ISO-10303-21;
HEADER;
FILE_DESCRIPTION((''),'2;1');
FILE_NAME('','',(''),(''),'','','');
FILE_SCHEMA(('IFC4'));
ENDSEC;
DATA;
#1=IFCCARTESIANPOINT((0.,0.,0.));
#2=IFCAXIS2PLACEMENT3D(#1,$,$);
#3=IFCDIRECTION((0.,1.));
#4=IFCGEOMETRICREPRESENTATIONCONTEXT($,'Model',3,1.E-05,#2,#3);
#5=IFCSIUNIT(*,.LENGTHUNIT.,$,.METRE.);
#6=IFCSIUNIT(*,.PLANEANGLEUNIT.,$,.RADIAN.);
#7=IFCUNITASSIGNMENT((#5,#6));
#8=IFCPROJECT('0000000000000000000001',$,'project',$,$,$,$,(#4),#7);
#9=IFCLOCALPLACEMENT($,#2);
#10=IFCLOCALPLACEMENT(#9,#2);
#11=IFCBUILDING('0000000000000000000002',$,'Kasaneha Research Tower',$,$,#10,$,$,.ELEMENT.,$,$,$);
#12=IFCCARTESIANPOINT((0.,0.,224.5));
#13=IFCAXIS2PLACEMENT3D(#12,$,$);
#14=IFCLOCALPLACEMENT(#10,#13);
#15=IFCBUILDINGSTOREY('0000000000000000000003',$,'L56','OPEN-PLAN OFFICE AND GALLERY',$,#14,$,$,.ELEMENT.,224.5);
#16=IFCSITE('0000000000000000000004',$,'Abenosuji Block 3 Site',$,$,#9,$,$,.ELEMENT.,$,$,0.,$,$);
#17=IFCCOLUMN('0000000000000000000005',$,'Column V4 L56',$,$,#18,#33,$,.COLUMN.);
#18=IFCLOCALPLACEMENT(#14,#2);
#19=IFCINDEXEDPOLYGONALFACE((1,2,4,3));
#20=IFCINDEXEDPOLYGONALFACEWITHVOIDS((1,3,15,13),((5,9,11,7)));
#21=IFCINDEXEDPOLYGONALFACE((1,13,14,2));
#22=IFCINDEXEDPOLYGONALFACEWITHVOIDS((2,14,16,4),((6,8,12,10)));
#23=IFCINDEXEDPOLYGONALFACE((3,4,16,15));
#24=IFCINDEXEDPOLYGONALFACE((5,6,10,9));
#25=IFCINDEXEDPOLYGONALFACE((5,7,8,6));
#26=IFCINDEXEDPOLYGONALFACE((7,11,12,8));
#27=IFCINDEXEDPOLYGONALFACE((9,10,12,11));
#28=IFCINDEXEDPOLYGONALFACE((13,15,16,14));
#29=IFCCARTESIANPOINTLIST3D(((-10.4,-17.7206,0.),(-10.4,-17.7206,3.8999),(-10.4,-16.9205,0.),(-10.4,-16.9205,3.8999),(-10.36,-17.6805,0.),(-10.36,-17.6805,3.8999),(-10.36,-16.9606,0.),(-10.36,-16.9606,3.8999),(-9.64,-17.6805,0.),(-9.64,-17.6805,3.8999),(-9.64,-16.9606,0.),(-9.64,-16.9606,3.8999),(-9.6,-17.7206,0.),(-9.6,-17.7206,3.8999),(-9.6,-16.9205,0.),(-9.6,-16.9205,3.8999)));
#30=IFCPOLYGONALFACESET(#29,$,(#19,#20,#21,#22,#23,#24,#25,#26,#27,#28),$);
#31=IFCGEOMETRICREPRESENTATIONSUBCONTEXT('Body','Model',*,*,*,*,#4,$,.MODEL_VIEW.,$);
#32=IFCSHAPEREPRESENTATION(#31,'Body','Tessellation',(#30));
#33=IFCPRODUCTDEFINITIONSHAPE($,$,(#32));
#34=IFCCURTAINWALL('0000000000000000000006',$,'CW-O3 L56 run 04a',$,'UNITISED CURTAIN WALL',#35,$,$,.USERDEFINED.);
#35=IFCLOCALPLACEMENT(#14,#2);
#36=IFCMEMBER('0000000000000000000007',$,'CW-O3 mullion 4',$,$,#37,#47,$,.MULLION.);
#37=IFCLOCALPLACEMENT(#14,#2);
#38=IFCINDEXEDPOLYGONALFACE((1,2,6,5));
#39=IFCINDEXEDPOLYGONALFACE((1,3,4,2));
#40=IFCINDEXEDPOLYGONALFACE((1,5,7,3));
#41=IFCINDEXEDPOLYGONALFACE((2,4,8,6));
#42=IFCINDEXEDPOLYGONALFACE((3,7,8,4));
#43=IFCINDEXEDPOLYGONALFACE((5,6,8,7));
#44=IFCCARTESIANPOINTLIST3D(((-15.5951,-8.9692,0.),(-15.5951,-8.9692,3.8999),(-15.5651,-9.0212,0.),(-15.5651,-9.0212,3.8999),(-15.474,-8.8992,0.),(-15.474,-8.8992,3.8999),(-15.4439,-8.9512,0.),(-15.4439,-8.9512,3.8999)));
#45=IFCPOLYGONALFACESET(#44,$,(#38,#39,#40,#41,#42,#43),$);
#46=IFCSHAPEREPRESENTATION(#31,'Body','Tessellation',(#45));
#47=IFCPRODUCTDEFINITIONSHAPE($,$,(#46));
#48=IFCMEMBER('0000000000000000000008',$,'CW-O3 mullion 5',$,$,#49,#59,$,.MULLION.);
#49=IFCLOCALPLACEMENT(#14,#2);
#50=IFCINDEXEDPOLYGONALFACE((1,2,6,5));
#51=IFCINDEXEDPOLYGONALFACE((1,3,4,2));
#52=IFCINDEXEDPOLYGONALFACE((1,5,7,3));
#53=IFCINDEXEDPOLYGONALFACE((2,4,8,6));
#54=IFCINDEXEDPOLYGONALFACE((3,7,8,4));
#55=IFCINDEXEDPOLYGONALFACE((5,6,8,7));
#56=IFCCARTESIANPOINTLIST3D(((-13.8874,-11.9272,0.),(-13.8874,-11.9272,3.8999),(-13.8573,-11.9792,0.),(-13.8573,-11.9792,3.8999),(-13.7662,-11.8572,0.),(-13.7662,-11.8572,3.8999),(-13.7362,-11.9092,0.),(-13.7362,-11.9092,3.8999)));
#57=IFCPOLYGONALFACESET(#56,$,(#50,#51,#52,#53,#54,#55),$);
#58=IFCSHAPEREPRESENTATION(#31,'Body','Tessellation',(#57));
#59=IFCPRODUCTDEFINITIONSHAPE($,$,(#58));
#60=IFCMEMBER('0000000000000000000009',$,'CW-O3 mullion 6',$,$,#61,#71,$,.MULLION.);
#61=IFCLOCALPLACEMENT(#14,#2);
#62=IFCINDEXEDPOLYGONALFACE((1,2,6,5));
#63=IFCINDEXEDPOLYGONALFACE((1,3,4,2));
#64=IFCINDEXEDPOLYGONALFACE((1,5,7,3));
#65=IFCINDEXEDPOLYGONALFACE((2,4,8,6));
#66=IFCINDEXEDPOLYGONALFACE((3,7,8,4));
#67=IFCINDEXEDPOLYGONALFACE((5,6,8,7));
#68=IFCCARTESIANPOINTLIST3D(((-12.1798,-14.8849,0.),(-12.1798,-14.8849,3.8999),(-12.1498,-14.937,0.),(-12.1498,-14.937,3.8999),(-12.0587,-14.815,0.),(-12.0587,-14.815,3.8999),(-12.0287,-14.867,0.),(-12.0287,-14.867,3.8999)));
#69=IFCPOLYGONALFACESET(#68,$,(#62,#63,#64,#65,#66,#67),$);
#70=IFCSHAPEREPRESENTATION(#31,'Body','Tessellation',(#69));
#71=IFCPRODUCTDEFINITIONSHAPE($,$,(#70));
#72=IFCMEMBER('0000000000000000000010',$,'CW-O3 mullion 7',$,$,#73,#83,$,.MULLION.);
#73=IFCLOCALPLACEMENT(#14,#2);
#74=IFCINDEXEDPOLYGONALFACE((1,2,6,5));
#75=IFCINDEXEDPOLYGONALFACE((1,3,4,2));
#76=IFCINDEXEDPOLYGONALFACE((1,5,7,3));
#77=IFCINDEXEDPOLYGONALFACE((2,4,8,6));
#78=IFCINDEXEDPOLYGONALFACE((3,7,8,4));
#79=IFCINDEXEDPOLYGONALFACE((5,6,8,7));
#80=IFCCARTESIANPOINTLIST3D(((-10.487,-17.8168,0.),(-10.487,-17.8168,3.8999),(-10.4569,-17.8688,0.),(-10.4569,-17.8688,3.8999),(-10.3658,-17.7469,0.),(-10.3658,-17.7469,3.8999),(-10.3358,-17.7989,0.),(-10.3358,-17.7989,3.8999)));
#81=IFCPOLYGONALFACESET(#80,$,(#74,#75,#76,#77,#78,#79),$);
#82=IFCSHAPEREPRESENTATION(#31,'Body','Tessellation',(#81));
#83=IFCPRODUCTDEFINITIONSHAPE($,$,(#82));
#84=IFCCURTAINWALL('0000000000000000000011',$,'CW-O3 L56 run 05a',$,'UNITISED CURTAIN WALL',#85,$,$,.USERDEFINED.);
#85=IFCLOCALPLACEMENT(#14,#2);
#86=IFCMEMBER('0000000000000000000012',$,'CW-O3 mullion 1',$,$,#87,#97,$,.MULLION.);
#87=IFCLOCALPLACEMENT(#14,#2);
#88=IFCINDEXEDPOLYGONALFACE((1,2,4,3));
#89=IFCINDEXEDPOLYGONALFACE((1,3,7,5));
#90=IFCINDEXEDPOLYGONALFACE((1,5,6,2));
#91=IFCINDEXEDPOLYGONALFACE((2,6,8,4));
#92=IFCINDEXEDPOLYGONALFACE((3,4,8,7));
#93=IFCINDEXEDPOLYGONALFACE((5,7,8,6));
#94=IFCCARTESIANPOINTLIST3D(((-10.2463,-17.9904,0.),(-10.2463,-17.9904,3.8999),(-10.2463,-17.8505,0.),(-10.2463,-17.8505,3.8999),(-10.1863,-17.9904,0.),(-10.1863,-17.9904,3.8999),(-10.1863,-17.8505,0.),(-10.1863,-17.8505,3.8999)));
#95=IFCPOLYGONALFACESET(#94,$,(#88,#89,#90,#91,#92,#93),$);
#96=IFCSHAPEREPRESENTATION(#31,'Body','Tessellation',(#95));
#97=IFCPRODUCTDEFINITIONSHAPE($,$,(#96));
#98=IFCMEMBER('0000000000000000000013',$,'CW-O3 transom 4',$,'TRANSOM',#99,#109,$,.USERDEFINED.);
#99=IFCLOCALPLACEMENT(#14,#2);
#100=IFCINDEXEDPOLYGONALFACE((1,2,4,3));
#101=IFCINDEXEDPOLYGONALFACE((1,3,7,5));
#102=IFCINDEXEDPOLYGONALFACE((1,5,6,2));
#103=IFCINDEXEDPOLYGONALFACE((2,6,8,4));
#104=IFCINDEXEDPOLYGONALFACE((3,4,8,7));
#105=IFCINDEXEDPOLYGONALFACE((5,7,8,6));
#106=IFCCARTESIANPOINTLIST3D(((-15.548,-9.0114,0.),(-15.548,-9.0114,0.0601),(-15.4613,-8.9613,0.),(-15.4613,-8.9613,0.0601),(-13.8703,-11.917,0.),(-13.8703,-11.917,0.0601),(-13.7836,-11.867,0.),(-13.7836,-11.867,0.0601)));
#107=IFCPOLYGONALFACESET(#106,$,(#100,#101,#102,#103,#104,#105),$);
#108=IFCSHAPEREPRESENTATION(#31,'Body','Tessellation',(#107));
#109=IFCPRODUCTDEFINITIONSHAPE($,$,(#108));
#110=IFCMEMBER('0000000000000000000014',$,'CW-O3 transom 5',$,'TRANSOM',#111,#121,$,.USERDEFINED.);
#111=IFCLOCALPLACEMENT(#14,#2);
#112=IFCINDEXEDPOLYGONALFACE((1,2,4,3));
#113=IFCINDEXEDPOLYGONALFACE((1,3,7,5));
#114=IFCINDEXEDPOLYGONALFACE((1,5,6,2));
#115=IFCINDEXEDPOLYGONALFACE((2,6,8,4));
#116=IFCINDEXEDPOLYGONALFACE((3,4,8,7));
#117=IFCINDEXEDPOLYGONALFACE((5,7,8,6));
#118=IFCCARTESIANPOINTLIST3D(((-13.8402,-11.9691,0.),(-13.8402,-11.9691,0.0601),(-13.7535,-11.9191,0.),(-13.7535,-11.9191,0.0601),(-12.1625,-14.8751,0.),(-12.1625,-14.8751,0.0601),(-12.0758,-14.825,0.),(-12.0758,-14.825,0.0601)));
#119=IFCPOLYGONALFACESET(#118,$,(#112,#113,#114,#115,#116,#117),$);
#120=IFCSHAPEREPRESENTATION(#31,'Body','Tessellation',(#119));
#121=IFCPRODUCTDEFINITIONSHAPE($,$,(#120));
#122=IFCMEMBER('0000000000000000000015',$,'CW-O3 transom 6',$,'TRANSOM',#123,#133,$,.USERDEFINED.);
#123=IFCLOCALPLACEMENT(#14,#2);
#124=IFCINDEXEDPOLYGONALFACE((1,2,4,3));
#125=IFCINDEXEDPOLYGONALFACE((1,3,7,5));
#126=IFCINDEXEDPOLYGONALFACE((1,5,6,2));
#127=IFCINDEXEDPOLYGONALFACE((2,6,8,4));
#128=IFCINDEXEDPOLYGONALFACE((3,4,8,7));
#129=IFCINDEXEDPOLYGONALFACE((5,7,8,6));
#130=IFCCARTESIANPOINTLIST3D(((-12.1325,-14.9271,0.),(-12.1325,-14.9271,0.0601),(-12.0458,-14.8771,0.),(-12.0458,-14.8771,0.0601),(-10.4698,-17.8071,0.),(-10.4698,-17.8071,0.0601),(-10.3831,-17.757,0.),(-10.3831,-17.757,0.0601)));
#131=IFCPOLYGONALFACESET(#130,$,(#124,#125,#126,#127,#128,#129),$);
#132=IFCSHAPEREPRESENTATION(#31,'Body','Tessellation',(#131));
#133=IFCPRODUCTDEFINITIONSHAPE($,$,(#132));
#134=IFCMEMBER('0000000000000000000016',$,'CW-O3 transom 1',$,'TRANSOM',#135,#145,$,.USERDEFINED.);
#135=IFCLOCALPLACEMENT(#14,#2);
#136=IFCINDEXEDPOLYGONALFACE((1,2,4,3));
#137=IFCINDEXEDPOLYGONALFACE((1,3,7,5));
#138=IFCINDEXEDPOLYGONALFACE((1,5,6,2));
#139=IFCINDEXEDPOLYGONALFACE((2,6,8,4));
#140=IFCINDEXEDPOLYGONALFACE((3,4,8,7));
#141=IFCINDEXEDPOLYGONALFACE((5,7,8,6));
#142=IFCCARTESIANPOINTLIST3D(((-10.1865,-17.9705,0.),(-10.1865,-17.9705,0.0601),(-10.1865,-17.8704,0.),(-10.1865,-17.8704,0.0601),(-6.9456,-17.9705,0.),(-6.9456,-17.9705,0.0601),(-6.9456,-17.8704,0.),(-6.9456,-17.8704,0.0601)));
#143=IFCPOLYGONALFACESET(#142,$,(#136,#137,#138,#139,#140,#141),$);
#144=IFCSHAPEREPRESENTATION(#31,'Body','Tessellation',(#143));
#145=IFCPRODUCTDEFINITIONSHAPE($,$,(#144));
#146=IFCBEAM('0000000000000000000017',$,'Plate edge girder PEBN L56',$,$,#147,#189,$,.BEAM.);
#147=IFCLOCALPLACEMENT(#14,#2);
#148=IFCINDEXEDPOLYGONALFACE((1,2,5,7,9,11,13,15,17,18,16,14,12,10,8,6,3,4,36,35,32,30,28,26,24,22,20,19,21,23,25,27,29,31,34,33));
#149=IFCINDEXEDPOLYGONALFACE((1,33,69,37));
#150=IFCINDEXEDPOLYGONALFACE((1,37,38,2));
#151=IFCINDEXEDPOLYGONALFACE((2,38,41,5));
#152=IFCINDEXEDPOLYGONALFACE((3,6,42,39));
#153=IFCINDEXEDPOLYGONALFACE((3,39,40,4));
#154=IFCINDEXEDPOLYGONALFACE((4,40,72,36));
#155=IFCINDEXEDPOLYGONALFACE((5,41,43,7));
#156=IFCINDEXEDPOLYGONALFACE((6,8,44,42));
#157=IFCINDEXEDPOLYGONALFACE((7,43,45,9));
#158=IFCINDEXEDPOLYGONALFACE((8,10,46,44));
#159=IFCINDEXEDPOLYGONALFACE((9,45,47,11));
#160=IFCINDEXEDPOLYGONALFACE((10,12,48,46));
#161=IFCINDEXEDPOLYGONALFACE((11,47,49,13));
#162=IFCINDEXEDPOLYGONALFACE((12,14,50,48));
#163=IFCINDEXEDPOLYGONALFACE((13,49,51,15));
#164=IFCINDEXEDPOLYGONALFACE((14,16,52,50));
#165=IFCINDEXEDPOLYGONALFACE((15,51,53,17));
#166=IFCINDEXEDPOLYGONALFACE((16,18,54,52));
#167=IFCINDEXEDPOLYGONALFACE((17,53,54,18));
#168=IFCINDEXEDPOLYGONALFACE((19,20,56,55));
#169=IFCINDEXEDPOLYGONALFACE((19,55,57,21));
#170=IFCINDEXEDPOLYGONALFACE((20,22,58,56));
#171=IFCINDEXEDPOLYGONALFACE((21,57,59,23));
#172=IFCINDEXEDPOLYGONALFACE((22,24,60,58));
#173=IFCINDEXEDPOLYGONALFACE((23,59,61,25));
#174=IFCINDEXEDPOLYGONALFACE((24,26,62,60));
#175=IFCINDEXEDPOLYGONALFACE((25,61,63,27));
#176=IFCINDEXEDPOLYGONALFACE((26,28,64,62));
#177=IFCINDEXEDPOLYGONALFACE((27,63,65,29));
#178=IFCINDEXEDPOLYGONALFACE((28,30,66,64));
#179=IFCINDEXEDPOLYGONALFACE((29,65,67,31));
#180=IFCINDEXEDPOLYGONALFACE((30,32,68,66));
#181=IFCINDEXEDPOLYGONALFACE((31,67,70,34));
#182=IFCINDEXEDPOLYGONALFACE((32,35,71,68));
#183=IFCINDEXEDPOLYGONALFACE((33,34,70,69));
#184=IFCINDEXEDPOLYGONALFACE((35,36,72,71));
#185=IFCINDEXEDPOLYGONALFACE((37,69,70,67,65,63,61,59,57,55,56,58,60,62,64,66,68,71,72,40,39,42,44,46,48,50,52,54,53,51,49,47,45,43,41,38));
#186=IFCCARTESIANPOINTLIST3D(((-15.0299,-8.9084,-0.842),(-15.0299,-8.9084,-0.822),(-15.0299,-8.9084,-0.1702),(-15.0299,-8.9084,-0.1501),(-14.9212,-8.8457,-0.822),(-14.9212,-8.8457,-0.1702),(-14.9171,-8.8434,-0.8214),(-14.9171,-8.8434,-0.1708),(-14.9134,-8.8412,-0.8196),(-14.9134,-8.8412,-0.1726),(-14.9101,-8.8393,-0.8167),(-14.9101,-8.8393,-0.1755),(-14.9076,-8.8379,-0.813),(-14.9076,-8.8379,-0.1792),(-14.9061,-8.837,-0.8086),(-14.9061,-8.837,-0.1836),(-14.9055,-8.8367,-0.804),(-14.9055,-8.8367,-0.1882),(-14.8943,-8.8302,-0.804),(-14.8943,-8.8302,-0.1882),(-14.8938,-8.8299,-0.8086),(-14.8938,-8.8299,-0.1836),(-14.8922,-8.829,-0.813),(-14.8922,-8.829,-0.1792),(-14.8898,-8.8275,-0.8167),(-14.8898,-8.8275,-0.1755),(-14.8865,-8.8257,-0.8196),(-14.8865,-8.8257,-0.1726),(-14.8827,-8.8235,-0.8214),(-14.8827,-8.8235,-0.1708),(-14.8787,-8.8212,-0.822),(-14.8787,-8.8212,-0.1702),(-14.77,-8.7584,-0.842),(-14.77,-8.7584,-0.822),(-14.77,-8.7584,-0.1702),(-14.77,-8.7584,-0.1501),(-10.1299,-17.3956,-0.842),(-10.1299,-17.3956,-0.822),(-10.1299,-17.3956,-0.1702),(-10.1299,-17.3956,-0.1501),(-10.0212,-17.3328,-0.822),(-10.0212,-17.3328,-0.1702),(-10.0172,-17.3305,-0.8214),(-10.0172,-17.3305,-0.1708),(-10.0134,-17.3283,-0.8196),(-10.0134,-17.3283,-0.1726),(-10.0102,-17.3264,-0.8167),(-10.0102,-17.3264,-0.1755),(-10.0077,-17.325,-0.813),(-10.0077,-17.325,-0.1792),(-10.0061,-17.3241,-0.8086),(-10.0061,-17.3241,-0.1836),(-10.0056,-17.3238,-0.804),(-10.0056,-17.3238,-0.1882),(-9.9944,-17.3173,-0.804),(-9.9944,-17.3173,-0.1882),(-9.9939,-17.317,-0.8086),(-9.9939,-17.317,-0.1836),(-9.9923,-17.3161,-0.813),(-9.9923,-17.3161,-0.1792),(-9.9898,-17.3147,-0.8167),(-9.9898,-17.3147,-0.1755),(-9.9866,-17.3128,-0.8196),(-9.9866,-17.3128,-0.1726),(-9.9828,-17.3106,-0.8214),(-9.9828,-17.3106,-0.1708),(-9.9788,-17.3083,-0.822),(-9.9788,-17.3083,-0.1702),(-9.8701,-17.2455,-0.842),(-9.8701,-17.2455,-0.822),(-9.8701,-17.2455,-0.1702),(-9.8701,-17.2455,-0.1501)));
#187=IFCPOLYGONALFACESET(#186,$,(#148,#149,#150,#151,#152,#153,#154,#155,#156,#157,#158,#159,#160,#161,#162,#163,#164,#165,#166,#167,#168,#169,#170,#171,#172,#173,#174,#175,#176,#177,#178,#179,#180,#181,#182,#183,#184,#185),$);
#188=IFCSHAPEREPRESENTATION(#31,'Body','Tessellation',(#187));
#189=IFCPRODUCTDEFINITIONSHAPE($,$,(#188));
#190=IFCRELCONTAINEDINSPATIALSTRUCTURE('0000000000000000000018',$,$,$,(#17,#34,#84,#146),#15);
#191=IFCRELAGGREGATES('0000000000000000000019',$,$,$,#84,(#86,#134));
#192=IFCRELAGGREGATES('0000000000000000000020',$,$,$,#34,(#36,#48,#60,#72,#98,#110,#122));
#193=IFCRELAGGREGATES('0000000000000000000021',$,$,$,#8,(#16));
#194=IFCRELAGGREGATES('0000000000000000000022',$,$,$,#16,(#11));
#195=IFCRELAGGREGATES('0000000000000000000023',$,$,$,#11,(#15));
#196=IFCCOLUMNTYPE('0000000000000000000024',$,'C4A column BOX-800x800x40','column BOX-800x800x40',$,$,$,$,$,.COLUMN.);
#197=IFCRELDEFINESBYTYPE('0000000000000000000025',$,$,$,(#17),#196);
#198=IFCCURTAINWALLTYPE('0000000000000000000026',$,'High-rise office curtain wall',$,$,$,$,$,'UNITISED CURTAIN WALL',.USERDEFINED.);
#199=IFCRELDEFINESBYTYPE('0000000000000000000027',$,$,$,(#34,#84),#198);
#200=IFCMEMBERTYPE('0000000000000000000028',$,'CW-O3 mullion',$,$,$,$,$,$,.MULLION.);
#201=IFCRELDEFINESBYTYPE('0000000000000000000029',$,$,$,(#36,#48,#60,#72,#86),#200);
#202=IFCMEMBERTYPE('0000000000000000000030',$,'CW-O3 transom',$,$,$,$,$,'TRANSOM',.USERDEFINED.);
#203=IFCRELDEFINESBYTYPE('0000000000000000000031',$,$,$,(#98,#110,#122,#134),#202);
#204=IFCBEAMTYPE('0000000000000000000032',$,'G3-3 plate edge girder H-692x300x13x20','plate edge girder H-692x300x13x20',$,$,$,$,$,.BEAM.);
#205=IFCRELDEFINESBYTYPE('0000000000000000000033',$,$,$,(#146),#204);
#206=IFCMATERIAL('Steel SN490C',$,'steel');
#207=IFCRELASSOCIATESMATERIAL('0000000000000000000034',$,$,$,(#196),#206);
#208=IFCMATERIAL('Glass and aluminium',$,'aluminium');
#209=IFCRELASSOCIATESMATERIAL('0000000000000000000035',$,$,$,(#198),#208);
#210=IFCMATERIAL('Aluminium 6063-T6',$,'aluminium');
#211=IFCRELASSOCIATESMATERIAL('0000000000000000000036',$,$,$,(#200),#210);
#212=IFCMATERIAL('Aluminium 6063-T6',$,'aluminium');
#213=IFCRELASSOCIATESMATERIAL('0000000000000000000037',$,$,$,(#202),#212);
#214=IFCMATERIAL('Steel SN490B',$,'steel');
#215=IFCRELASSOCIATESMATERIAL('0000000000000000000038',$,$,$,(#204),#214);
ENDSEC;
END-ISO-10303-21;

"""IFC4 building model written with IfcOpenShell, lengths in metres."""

from ifc_helpers import new_model, si_unit, direction, frame, origin, origin_2d, place, context, subcontext, project, spatial, rectangle, hollow_rectangle, i_section, extrude, material, material_profile, profile_set, type_object, element, aggregate, save


model = new_model("IFC4")

# Units and contexts
model_context = context("Model", 3, precision=1e-05, world=origin(), true_north=direction((0.0, 1.0)))
body_context = subcontext(model_context, "Body", "Model", "MODEL_VIEW")
ifc_project = project(units=[si_unit("LENGTHUNIT", "METRE"), si_unit("PLANEANGLEUNIT", "RADIAN")], contexts=[model_context])

# Site, building, storey
site_placement = place(None, origin())
site = spatial("IfcSite", under=ifc_project, at=site_placement, Name="Abenosuji Block 3 Site", CompositionType="ELEMENT", RefElevation=0.0)
building_placement = place(site_placement, origin())
building = spatial("IfcBuilding", under=site, at=building_placement, Name="Kasaneha Research Tower", CompositionType="ELEMENT")
storey_placement = place(building_placement, frame((0.0, 0.0, 224.5)))
storey = spatial("IfcBuildingStorey", under=building, at=storey_placement, Name="L56", Description="OPEN-PLAN OFFICE AND GALLERY", CompositionType="ELEMENT", Elevation=224.5)

# Column
ifc_material_1 = material(Name="Steel SN490C", Category="steel")
ifc_material_profile_1 = material_profile(ifc_material_1, hollow_rectangle(XDim=0.8, YDim=0.8, WallThickness=0.04, at=origin_2d()), Name="BOX-800x800x40")
ifc_profile_set_1 = profile_set([ifc_material_profile_1], Name="Steel SN490C")
column_type = type_object("IfcColumnType", Name="C4A column BOX-800x800x40", Description="column BOX-800x800x40", PredefinedType="COLUMN", material=ifc_profile_set_1)
column_placement = place(storey_placement, frame((-10.0, -17.3206, 0.0), z_axis=(0.0, 0.0, 1.0), x_axis=(1.0, 0.0, 0.0)))
element("IfcColumn", 1, at=column_placement, inside=storey, type_object=column_type, Name="Column V4 L56", PredefinedType="COLUMN", context=body_context, shape_type="SweptSolid", body=[
    extrude(hollow_rectangle(XDim=0.8, YDim=0.8, WallThickness=0.04, at=origin_2d()), origin(), (0.0, 0.0, 1.0), 3.8999),
])

# Curtain wall, members
ifc_material_2 = material(Name="Glass and aluminium", Category="aluminium")
curtain_wall_type = type_object("IfcCurtainWallType", Name="High-rise office curtain wall", ElementType="UNITISED CURTAIN WALL", PredefinedType="USERDEFINED", material=ifc_material_2)
curtain_wall_1_placement = place(storey_placement, origin())
curtain_wall_1 = element("IfcCurtainWall", 2, at=curtain_wall_1_placement, inside=storey, type_object=curtain_wall_type, Name="CW-O3 L56 run 04a", ObjectType="UNITISED CURTAIN WALL", PredefinedType="USERDEFINED")
ifc_material_3 = material(Name="Aluminium 6063-T6", Category="aluminium")
ifc_material_profile_2 = material_profile(ifc_material_3, rectangle(XDim=0.0601, YDim=0.1399, at=origin_2d()), Name="CW-O3 mullion 60x140")
ifc_profile_set_2 = profile_set([ifc_material_profile_2], Name="Aluminium 6063-T6")
member_type_1 = type_object("IfcMemberType", Name="CW-O3 mullion", PredefinedType="MULLION", material=ifc_profile_set_2)
member_1_placement = place(storey_placement, frame((-15.5195, -8.9602, 0.0), z_axis=(0.0, 0.0, 1.0), x_axis=(0.5, -0.866025, 0.0)))
member_1 = element("IfcMember", 3, at=member_1_placement, type_object=member_type_1, Name="CW-O3 mullion 4", PredefinedType="MULLION", context=body_context, shape_type="SweptSolid", body=[
    extrude(rectangle(XDim=0.0601, YDim=0.1399, at=origin_2d()), origin(), (0.0, 0.0, 1.0), 3.8999),
])
member_2_placement = place(storey_placement, frame((-13.8118, -11.9182, 0.0), z_axis=(0.0, 0.0, 1.0), x_axis=(0.5, -0.866025, 0.0)))
member_2 = element("IfcMember", 4, at=member_2_placement, type_object=member_type_1, Name="CW-O3 mullion 5", PredefinedType="MULLION", context=body_context, shape_type="SweptSolid", body=[
    extrude(rectangle(XDim=0.0601, YDim=0.1399, at=origin_2d()), origin(), (0.0, 0.0, 1.0), 3.8999),
])
member_3_placement = place(storey_placement, frame((-12.1042, -14.876, 0.0), z_axis=(0.0, 0.0, 1.0), x_axis=(0.5, -0.866025, 0.0)))
member_3 = element("IfcMember", 5, at=member_3_placement, type_object=member_type_1, Name="CW-O3 mullion 6", PredefinedType="MULLION", context=body_context, shape_type="SweptSolid", body=[
    extrude(rectangle(XDim=0.0601, YDim=0.1399, at=origin_2d()), origin(), (0.0, 0.0, 1.0), 3.8999),
])
member_4_placement = place(storey_placement, frame((-10.4114, -17.8079, 0.0), z_axis=(0.0, 0.0, 1.0), x_axis=(0.5, -0.866025, 0.0)))
member_4 = element("IfcMember", 6, at=member_4_placement, type_object=member_type_1, Name="CW-O3 mullion 7", PredefinedType="MULLION", context=body_context, shape_type="SweptSolid", body=[
    extrude(rectangle(XDim=0.0601, YDim=0.1399, at=origin_2d()), origin(), (0.0, 0.0, 1.0), 3.8999),
])

# Curtain wall, member
curtain_wall_2_placement = place(storey_placement, origin())
curtain_wall_2 = element("IfcCurtainWall", 7, at=curtain_wall_2_placement, inside=storey, type_object=curtain_wall_type, Name="CW-O3 L56 run 05a", ObjectType="UNITISED CURTAIN WALL", PredefinedType="USERDEFINED")
member_5_placement = place(storey_placement, frame((-10.2163, -17.9204, 0.0), z_axis=(0.0, 0.0, 1.0), x_axis=(1.0, 0.0, 0.0)))
member_5 = element("IfcMember", 8, at=member_5_placement, type_object=member_type_1, Name="CW-O3 mullion 1", PredefinedType="MULLION", context=body_context, shape_type="SweptSolid", body=[
    extrude(rectangle(XDim=0.0601, YDim=0.1399, at=origin_2d()), origin(), (0.0, 0.0, 1.0), 3.8999),
])

# Members
ifc_material_4 = material(Name="Aluminium 6063-T6", Category="aluminium")
ifc_material_profile_3 = material_profile(ifc_material_4, rectangle(XDim=0.1001, YDim=0.0601, at=origin_2d()), Name="CW-O3 transom 100x60")
ifc_profile_set_3 = profile_set([ifc_material_profile_3], Name="Aluminium 6063-T6")
member_type_2 = type_object("IfcMemberType", Name="CW-O3 transom", ElementType="TRANSOM", PredefinedType="USERDEFINED", material=ifc_profile_set_3)
member_6_placement = place(storey_placement, frame((-15.5046, -8.9863, 0.03), z_axis=(0.500021, -0.866014, 0.0), x_axis=(0.866014, 0.500021, 0.0)))
member_6 = element("IfcMember", 9, at=member_6_placement, type_object=member_type_2, Name="CW-O3 transom 4", ObjectType="TRANSOM", PredefinedType="USERDEFINED", context=body_context, shape_type="SweptSolid", body=[
    extrude(rectangle(XDim=0.1001, YDim=0.0601, at=origin_2d()), origin(), (0.0, 0.0, 1.0), 3.3552),
])
member_7_placement = place(storey_placement, frame((-13.7969, -11.9441, 0.03), z_axis=(0.499989, -0.866032, 0.0), x_axis=(0.866032, 0.499989, 0.0)))
member_7 = element("IfcMember", 10, at=member_7_placement, type_object=member_type_2, Name="CW-O3 transom 5", ObjectType="TRANSOM", PredefinedType="USERDEFINED", context=body_context, shape_type="SweptSolid", body=[
    extrude(rectangle(XDim=0.1001, YDim=0.0601, at=origin_2d()), origin(), (0.0, 0.0, 1.0), 3.3555),
])
member_8_placement = place(storey_placement, frame((-12.0891, -14.9021, 0.03), z_axis=(0.499977, -0.866039, 0.0), x_axis=(0.866039, 0.499977, 0.0)))
member_8 = element("IfcMember", 11, at=member_8_placement, type_object=member_type_2, Name="CW-O3 transom 6", ObjectType="TRANSOM", PredefinedType="USERDEFINED", context=body_context, shape_type="SweptSolid", body=[
    extrude(rectangle(XDim=0.1001, YDim=0.0601, at=origin_2d()), origin(), (0.0, 0.0, 1.0), 3.3254),
])
member_9_placement = place(storey_placement, frame((-10.1865, -17.9204, 0.03), z_axis=(1.0, 0.0, 0.0), x_axis=(0.0, 1.0, 0.0)))
member_9 = element("IfcMember", 12, at=member_9_placement, type_object=member_type_2, Name="CW-O3 transom 1", ObjectType="TRANSOM", PredefinedType="USERDEFINED", context=body_context, shape_type="SweptSolid", body=[
    extrude(rectangle(XDim=0.1001, YDim=0.0601, at=origin_2d()), origin(), (0.0, 0.0, 1.0), 3.241),
])
aggregate(curtain_wall_2, [member_5, member_9])

# Beam
ifc_material_5 = material(Name="Steel SN490B", Category="steel")
ifc_material_profile_4 = material_profile(ifc_material_5, i_section(OverallWidth=0.3, OverallDepth=0.6919, WebThickness=0.0129, FlangeThickness=0.02, FilletRadius=0.0181, at=origin_2d()), Name="H-692x300x13x20")
ifc_profile_set_4 = profile_set([ifc_material_profile_4], Name="Steel SN490B")
beam_type_1 = type_object("IfcBeamType", Name="G3-3 plate edge girder H-692x300x13x20", Description="plate edge girder H-692x300x13x20", PredefinedType="BEAM", material=ifc_profile_set_4)
beam_1_placement = place(storey_placement, frame((-10.0, -17.3206, -0.4961), z_axis=(-0.499992, 0.86603, 0.0), x_axis=(-0.86603, -0.499992, 0.0)))
element("IfcBeam", 13, at=beam_1_placement, inside=storey, type_object=beam_type_1, Name="Plate edge girder PEBN L56", PredefinedType="BEAM", context=body_context, shape_type="SweptSolid", body=[
    extrude(i_section(OverallWidth=0.3, OverallDepth=0.6919, WebThickness=0.0129, FlangeThickness=0.02, FilletRadius=0.0181, at=origin_2d()), origin(), (0.0, 0.0, 1.0), 9.8),
])

aggregate(curtain_wall_1, [member_1, member_2, member_3, member_4, member_6, member_7, member_8])

save(model, "model.ifc")
